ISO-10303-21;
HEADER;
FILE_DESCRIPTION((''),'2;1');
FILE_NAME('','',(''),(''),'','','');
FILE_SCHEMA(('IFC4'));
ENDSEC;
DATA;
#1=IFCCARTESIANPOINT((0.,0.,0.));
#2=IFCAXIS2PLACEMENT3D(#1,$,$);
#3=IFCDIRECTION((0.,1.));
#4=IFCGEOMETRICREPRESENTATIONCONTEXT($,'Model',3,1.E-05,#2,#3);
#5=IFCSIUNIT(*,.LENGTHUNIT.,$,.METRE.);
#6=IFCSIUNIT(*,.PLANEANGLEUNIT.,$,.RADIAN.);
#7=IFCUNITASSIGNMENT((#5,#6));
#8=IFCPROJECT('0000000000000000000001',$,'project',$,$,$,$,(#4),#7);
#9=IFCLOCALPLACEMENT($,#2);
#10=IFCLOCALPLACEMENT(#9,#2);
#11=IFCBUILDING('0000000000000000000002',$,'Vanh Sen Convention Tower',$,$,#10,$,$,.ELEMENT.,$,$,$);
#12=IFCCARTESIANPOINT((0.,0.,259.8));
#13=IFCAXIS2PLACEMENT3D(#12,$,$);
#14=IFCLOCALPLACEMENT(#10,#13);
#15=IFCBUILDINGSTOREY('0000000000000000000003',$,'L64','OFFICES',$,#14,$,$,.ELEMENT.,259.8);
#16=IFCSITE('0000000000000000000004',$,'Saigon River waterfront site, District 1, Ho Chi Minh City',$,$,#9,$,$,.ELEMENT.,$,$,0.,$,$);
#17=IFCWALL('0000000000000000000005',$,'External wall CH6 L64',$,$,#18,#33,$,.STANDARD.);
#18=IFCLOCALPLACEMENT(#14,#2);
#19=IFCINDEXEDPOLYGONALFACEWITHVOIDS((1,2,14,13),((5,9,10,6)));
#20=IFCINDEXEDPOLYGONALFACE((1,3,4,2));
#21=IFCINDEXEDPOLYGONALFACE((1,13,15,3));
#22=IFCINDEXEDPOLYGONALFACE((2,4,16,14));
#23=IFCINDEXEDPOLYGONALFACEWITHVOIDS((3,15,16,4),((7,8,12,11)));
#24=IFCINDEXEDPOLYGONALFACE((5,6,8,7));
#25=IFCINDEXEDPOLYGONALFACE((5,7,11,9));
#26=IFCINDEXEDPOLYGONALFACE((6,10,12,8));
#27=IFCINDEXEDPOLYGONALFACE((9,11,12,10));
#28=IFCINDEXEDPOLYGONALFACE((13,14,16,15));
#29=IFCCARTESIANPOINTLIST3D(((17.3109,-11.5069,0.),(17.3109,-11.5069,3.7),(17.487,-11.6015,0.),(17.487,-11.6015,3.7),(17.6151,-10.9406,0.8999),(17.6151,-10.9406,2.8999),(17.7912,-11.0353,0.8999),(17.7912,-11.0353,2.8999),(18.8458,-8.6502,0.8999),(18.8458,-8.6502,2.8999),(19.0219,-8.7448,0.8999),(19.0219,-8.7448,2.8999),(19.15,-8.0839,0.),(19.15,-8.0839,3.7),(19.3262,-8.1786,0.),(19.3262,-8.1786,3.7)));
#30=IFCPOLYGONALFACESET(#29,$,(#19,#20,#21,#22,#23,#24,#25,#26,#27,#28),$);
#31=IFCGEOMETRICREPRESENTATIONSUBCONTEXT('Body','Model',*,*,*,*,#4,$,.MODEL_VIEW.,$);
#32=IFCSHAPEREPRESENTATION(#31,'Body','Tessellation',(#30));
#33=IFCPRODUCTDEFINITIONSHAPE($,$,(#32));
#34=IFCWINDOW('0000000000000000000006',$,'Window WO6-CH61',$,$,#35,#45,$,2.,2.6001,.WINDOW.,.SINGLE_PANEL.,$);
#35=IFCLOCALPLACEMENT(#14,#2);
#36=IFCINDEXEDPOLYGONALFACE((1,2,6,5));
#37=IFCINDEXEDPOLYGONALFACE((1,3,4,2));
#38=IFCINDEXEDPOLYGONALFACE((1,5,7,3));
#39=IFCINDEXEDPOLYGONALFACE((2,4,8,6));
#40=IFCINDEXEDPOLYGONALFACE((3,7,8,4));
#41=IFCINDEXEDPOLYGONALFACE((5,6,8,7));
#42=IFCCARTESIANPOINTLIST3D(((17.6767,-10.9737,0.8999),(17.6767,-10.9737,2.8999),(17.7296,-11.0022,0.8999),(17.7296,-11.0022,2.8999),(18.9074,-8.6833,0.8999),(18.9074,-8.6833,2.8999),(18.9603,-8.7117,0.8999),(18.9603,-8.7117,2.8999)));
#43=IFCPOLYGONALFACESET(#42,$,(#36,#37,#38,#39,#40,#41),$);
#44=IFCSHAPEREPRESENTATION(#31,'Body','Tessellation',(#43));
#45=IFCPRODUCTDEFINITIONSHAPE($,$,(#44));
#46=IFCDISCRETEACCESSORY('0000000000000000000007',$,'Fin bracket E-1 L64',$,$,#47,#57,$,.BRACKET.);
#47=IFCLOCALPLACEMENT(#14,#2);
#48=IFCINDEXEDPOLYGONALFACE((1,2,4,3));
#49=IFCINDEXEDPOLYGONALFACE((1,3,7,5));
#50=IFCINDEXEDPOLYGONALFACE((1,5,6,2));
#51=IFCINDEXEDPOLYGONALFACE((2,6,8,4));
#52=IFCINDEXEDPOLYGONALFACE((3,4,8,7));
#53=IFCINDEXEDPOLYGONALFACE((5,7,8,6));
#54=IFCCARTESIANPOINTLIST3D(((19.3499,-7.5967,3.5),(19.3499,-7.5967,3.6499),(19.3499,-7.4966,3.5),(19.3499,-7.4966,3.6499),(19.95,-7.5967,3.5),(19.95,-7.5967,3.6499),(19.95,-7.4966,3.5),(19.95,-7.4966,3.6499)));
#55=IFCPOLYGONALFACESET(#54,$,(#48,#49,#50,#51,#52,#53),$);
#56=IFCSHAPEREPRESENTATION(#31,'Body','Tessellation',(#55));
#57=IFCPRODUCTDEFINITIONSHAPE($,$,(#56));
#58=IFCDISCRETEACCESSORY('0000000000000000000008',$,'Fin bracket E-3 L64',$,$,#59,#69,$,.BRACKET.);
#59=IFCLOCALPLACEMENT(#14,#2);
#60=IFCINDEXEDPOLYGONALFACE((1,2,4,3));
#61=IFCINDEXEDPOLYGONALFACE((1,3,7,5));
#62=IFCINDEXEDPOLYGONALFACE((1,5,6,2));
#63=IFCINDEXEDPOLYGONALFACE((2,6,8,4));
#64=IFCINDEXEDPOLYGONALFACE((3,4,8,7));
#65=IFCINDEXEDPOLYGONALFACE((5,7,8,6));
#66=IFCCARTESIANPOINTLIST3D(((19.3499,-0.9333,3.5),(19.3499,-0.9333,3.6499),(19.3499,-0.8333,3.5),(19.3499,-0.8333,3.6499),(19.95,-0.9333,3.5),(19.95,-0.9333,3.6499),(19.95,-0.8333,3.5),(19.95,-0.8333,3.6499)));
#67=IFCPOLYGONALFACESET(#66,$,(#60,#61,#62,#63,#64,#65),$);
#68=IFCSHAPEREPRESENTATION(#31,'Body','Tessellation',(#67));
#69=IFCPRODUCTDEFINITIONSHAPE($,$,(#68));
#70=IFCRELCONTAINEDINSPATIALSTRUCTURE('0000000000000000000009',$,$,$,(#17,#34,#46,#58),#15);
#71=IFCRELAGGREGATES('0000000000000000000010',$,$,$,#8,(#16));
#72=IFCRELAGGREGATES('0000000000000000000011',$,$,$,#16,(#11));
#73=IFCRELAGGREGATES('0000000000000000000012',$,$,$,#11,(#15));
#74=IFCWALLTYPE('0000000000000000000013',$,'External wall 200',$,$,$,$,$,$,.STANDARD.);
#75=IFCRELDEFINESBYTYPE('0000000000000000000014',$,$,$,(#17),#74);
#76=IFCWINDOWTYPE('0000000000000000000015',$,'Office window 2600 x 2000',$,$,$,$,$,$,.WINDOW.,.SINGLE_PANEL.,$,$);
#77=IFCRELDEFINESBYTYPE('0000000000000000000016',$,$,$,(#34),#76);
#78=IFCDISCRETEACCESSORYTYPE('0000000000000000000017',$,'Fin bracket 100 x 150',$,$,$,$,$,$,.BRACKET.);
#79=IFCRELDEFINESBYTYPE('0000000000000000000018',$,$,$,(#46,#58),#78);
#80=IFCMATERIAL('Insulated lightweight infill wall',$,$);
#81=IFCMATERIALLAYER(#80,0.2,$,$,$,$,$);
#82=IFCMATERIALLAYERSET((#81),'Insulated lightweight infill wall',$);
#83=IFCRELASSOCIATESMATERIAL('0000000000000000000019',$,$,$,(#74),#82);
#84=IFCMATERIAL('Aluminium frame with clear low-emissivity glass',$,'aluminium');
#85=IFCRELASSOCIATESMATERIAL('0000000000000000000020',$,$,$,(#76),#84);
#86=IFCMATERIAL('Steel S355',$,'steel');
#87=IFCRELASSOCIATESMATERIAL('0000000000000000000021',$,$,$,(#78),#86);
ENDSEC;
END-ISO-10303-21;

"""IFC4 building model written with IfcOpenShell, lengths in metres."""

from ifc_helpers import new_model, si_unit, direction, frame, frame_2d, origin, origin_2d, place, context, subcontext, project, spatial, rectangle, extrude, material, layer, layer_set, type_object, element, fill, save


model = new_model("IFC4")

# Units and contexts
model_context = context("Model", 3, precision=1e-05, world=origin(), true_north=direction((0.0, 1.0)))
body_context = subcontext(model_context, "Body", "Model", "MODEL_VIEW")
ifc_project = project(units=[si_unit("LENGTHUNIT", "METRE"), si_unit("PLANEANGLEUNIT", "RADIAN")], contexts=[model_context])

# Site, building, storey
site_placement = place(None, origin())
site = spatial("IfcSite", under=ifc_project, at=site_placement, Name="Saigon River waterfront site, District 1, Ho Chi Minh City", CompositionType="ELEMENT", RefElevation=0.0)
building_placement = place(site_placement, origin())
building = spatial("IfcBuilding", under=site, at=building_placement, Name="Vanh Sen Convention Tower", CompositionType="ELEMENT")
storey_placement = place(building_placement, frame((0.0, 0.0, 259.8)))
storey = spatial("IfcBuildingStorey", under=building, at=storey_placement, Name="L64", Description="OFFICES", CompositionType="ELEMENT", Elevation=259.8)

# Shared definitions
ifc_material_1 = material(Name="Insulated lightweight infill wall")
ifc_layer_1 = layer(ifc_material_1, 0.2)
ifc_layer_set_1 = layer_set([ifc_layer_1], Name="Insulated lightweight infill wall")
wall_type = type_object("IfcWallType", Name="External wall 200", PredefinedType="STANDARD", material=ifc_layer_set_1)
ifc_material_2 = material(Name="Aluminium frame with clear low-emissivity glass", Category="aluminium")

# Wall, opening, window
wall_1_placement = place(storey_placement, frame((17.3989, -11.5542, 0.0), z_axis=(0.0, 0.0, 1.0), x_axis=(0.473309, 0.880896, 0.0)))
wall_1 = element("IfcWall", 1, at=wall_1_placement, inside=storey, type_object=wall_type, Name="External wall CH6 L64", PredefinedType="STANDARD", context=body_context, shape_type="SweptSolid", body=[
    extrude(rectangle(XDim=3.8857, YDim=0.2, at=frame_2d((1.9429, 0.0))), origin(), (0.0, 0.0, 1.0), 3.7),
])
opening_1_placement = place(wall_1_placement, frame((0.6428, 0.0, 0.8999)))
opening_1 = element("IfcOpeningElement", 2, at=opening_1_placement, cuts=wall_1, PredefinedType="OPENING", context=body_context, shape_type="SweptSolid", body=[
    extrude(rectangle(XDim=2.6001, YDim=2.0, at=frame_2d((1.3, 1.0))), frame((0.0, 0.1099, 0.0), z_axis=(0.0, -1.0, 0.0), x_axis=(1.0, 0.0, 0.0)), (0.0, 0.0, 1.0), 0.22),
])
window_type_1 = type_object("IfcWindowType", Name="Office window 2600 x 2000", PartitioningType="SINGLE_PANEL", PredefinedType="WINDOW", material=ifc_material_2)
window_1_placement = place(opening_1_placement, origin())
window_1 = element("IfcWindow", 3, at=window_1_placement, inside=storey, type_object=window_type_1, Name="Window WO6-CH61", OverallHeight=2.0, OverallWidth=2.6001, PartitioningType="SINGLE_PANEL", PredefinedType="WINDOW", context=body_context, shape_type="SweptSolid", body=[
    extrude(rectangle(XDim=2.6001, YDim=2.0, at=frame_2d((1.3, 1.0))), frame((0.0, 0.03, 0.0), z_axis=(0.0, -1.0, 0.0), x_axis=(1.0, 0.0, 0.0)), (0.0, 0.0, 1.0), 0.0601),
])
fill(opening_1, window_1)

# Discrete accessories
ifc_material_3 = material(Name="Steel S355", Category="steel")
discrete_accessory_type = type_object("IfcDiscreteAccessoryType", Name="Fin bracket 100 x 150", PredefinedType="BRACKET", material=ifc_material_3)
for number, where, z_axis, x_axis, name in (
    (4, (19.6499, -7.5466, 3.5), (0.0, 0.0, 1.0), (1.0, 0.0, 0.0), "Fin bracket E-1 L64"),
    (5, (19.6499, -0.8833, 3.5), (0.0, 0.0, 1.0), (1.0, 0.0, 0.0), "Fin bracket E-3 L64"),
):
    element("IfcDiscreteAccessory", number, at=place(storey_placement, frame(where, z_axis=z_axis, x_axis=x_axis)), inside=storey, type_object=discrete_accessory_type, Name=name, PredefinedType="BRACKET", context=body_context, shape_type="SweptSolid", body=[
        extrude(rectangle(XDim=0.6001, YDim=0.1001, at=origin_2d()), origin(), (0.0, 0.0, 1.0), 0.1499),
    ])

save(model, "model.ifc")
